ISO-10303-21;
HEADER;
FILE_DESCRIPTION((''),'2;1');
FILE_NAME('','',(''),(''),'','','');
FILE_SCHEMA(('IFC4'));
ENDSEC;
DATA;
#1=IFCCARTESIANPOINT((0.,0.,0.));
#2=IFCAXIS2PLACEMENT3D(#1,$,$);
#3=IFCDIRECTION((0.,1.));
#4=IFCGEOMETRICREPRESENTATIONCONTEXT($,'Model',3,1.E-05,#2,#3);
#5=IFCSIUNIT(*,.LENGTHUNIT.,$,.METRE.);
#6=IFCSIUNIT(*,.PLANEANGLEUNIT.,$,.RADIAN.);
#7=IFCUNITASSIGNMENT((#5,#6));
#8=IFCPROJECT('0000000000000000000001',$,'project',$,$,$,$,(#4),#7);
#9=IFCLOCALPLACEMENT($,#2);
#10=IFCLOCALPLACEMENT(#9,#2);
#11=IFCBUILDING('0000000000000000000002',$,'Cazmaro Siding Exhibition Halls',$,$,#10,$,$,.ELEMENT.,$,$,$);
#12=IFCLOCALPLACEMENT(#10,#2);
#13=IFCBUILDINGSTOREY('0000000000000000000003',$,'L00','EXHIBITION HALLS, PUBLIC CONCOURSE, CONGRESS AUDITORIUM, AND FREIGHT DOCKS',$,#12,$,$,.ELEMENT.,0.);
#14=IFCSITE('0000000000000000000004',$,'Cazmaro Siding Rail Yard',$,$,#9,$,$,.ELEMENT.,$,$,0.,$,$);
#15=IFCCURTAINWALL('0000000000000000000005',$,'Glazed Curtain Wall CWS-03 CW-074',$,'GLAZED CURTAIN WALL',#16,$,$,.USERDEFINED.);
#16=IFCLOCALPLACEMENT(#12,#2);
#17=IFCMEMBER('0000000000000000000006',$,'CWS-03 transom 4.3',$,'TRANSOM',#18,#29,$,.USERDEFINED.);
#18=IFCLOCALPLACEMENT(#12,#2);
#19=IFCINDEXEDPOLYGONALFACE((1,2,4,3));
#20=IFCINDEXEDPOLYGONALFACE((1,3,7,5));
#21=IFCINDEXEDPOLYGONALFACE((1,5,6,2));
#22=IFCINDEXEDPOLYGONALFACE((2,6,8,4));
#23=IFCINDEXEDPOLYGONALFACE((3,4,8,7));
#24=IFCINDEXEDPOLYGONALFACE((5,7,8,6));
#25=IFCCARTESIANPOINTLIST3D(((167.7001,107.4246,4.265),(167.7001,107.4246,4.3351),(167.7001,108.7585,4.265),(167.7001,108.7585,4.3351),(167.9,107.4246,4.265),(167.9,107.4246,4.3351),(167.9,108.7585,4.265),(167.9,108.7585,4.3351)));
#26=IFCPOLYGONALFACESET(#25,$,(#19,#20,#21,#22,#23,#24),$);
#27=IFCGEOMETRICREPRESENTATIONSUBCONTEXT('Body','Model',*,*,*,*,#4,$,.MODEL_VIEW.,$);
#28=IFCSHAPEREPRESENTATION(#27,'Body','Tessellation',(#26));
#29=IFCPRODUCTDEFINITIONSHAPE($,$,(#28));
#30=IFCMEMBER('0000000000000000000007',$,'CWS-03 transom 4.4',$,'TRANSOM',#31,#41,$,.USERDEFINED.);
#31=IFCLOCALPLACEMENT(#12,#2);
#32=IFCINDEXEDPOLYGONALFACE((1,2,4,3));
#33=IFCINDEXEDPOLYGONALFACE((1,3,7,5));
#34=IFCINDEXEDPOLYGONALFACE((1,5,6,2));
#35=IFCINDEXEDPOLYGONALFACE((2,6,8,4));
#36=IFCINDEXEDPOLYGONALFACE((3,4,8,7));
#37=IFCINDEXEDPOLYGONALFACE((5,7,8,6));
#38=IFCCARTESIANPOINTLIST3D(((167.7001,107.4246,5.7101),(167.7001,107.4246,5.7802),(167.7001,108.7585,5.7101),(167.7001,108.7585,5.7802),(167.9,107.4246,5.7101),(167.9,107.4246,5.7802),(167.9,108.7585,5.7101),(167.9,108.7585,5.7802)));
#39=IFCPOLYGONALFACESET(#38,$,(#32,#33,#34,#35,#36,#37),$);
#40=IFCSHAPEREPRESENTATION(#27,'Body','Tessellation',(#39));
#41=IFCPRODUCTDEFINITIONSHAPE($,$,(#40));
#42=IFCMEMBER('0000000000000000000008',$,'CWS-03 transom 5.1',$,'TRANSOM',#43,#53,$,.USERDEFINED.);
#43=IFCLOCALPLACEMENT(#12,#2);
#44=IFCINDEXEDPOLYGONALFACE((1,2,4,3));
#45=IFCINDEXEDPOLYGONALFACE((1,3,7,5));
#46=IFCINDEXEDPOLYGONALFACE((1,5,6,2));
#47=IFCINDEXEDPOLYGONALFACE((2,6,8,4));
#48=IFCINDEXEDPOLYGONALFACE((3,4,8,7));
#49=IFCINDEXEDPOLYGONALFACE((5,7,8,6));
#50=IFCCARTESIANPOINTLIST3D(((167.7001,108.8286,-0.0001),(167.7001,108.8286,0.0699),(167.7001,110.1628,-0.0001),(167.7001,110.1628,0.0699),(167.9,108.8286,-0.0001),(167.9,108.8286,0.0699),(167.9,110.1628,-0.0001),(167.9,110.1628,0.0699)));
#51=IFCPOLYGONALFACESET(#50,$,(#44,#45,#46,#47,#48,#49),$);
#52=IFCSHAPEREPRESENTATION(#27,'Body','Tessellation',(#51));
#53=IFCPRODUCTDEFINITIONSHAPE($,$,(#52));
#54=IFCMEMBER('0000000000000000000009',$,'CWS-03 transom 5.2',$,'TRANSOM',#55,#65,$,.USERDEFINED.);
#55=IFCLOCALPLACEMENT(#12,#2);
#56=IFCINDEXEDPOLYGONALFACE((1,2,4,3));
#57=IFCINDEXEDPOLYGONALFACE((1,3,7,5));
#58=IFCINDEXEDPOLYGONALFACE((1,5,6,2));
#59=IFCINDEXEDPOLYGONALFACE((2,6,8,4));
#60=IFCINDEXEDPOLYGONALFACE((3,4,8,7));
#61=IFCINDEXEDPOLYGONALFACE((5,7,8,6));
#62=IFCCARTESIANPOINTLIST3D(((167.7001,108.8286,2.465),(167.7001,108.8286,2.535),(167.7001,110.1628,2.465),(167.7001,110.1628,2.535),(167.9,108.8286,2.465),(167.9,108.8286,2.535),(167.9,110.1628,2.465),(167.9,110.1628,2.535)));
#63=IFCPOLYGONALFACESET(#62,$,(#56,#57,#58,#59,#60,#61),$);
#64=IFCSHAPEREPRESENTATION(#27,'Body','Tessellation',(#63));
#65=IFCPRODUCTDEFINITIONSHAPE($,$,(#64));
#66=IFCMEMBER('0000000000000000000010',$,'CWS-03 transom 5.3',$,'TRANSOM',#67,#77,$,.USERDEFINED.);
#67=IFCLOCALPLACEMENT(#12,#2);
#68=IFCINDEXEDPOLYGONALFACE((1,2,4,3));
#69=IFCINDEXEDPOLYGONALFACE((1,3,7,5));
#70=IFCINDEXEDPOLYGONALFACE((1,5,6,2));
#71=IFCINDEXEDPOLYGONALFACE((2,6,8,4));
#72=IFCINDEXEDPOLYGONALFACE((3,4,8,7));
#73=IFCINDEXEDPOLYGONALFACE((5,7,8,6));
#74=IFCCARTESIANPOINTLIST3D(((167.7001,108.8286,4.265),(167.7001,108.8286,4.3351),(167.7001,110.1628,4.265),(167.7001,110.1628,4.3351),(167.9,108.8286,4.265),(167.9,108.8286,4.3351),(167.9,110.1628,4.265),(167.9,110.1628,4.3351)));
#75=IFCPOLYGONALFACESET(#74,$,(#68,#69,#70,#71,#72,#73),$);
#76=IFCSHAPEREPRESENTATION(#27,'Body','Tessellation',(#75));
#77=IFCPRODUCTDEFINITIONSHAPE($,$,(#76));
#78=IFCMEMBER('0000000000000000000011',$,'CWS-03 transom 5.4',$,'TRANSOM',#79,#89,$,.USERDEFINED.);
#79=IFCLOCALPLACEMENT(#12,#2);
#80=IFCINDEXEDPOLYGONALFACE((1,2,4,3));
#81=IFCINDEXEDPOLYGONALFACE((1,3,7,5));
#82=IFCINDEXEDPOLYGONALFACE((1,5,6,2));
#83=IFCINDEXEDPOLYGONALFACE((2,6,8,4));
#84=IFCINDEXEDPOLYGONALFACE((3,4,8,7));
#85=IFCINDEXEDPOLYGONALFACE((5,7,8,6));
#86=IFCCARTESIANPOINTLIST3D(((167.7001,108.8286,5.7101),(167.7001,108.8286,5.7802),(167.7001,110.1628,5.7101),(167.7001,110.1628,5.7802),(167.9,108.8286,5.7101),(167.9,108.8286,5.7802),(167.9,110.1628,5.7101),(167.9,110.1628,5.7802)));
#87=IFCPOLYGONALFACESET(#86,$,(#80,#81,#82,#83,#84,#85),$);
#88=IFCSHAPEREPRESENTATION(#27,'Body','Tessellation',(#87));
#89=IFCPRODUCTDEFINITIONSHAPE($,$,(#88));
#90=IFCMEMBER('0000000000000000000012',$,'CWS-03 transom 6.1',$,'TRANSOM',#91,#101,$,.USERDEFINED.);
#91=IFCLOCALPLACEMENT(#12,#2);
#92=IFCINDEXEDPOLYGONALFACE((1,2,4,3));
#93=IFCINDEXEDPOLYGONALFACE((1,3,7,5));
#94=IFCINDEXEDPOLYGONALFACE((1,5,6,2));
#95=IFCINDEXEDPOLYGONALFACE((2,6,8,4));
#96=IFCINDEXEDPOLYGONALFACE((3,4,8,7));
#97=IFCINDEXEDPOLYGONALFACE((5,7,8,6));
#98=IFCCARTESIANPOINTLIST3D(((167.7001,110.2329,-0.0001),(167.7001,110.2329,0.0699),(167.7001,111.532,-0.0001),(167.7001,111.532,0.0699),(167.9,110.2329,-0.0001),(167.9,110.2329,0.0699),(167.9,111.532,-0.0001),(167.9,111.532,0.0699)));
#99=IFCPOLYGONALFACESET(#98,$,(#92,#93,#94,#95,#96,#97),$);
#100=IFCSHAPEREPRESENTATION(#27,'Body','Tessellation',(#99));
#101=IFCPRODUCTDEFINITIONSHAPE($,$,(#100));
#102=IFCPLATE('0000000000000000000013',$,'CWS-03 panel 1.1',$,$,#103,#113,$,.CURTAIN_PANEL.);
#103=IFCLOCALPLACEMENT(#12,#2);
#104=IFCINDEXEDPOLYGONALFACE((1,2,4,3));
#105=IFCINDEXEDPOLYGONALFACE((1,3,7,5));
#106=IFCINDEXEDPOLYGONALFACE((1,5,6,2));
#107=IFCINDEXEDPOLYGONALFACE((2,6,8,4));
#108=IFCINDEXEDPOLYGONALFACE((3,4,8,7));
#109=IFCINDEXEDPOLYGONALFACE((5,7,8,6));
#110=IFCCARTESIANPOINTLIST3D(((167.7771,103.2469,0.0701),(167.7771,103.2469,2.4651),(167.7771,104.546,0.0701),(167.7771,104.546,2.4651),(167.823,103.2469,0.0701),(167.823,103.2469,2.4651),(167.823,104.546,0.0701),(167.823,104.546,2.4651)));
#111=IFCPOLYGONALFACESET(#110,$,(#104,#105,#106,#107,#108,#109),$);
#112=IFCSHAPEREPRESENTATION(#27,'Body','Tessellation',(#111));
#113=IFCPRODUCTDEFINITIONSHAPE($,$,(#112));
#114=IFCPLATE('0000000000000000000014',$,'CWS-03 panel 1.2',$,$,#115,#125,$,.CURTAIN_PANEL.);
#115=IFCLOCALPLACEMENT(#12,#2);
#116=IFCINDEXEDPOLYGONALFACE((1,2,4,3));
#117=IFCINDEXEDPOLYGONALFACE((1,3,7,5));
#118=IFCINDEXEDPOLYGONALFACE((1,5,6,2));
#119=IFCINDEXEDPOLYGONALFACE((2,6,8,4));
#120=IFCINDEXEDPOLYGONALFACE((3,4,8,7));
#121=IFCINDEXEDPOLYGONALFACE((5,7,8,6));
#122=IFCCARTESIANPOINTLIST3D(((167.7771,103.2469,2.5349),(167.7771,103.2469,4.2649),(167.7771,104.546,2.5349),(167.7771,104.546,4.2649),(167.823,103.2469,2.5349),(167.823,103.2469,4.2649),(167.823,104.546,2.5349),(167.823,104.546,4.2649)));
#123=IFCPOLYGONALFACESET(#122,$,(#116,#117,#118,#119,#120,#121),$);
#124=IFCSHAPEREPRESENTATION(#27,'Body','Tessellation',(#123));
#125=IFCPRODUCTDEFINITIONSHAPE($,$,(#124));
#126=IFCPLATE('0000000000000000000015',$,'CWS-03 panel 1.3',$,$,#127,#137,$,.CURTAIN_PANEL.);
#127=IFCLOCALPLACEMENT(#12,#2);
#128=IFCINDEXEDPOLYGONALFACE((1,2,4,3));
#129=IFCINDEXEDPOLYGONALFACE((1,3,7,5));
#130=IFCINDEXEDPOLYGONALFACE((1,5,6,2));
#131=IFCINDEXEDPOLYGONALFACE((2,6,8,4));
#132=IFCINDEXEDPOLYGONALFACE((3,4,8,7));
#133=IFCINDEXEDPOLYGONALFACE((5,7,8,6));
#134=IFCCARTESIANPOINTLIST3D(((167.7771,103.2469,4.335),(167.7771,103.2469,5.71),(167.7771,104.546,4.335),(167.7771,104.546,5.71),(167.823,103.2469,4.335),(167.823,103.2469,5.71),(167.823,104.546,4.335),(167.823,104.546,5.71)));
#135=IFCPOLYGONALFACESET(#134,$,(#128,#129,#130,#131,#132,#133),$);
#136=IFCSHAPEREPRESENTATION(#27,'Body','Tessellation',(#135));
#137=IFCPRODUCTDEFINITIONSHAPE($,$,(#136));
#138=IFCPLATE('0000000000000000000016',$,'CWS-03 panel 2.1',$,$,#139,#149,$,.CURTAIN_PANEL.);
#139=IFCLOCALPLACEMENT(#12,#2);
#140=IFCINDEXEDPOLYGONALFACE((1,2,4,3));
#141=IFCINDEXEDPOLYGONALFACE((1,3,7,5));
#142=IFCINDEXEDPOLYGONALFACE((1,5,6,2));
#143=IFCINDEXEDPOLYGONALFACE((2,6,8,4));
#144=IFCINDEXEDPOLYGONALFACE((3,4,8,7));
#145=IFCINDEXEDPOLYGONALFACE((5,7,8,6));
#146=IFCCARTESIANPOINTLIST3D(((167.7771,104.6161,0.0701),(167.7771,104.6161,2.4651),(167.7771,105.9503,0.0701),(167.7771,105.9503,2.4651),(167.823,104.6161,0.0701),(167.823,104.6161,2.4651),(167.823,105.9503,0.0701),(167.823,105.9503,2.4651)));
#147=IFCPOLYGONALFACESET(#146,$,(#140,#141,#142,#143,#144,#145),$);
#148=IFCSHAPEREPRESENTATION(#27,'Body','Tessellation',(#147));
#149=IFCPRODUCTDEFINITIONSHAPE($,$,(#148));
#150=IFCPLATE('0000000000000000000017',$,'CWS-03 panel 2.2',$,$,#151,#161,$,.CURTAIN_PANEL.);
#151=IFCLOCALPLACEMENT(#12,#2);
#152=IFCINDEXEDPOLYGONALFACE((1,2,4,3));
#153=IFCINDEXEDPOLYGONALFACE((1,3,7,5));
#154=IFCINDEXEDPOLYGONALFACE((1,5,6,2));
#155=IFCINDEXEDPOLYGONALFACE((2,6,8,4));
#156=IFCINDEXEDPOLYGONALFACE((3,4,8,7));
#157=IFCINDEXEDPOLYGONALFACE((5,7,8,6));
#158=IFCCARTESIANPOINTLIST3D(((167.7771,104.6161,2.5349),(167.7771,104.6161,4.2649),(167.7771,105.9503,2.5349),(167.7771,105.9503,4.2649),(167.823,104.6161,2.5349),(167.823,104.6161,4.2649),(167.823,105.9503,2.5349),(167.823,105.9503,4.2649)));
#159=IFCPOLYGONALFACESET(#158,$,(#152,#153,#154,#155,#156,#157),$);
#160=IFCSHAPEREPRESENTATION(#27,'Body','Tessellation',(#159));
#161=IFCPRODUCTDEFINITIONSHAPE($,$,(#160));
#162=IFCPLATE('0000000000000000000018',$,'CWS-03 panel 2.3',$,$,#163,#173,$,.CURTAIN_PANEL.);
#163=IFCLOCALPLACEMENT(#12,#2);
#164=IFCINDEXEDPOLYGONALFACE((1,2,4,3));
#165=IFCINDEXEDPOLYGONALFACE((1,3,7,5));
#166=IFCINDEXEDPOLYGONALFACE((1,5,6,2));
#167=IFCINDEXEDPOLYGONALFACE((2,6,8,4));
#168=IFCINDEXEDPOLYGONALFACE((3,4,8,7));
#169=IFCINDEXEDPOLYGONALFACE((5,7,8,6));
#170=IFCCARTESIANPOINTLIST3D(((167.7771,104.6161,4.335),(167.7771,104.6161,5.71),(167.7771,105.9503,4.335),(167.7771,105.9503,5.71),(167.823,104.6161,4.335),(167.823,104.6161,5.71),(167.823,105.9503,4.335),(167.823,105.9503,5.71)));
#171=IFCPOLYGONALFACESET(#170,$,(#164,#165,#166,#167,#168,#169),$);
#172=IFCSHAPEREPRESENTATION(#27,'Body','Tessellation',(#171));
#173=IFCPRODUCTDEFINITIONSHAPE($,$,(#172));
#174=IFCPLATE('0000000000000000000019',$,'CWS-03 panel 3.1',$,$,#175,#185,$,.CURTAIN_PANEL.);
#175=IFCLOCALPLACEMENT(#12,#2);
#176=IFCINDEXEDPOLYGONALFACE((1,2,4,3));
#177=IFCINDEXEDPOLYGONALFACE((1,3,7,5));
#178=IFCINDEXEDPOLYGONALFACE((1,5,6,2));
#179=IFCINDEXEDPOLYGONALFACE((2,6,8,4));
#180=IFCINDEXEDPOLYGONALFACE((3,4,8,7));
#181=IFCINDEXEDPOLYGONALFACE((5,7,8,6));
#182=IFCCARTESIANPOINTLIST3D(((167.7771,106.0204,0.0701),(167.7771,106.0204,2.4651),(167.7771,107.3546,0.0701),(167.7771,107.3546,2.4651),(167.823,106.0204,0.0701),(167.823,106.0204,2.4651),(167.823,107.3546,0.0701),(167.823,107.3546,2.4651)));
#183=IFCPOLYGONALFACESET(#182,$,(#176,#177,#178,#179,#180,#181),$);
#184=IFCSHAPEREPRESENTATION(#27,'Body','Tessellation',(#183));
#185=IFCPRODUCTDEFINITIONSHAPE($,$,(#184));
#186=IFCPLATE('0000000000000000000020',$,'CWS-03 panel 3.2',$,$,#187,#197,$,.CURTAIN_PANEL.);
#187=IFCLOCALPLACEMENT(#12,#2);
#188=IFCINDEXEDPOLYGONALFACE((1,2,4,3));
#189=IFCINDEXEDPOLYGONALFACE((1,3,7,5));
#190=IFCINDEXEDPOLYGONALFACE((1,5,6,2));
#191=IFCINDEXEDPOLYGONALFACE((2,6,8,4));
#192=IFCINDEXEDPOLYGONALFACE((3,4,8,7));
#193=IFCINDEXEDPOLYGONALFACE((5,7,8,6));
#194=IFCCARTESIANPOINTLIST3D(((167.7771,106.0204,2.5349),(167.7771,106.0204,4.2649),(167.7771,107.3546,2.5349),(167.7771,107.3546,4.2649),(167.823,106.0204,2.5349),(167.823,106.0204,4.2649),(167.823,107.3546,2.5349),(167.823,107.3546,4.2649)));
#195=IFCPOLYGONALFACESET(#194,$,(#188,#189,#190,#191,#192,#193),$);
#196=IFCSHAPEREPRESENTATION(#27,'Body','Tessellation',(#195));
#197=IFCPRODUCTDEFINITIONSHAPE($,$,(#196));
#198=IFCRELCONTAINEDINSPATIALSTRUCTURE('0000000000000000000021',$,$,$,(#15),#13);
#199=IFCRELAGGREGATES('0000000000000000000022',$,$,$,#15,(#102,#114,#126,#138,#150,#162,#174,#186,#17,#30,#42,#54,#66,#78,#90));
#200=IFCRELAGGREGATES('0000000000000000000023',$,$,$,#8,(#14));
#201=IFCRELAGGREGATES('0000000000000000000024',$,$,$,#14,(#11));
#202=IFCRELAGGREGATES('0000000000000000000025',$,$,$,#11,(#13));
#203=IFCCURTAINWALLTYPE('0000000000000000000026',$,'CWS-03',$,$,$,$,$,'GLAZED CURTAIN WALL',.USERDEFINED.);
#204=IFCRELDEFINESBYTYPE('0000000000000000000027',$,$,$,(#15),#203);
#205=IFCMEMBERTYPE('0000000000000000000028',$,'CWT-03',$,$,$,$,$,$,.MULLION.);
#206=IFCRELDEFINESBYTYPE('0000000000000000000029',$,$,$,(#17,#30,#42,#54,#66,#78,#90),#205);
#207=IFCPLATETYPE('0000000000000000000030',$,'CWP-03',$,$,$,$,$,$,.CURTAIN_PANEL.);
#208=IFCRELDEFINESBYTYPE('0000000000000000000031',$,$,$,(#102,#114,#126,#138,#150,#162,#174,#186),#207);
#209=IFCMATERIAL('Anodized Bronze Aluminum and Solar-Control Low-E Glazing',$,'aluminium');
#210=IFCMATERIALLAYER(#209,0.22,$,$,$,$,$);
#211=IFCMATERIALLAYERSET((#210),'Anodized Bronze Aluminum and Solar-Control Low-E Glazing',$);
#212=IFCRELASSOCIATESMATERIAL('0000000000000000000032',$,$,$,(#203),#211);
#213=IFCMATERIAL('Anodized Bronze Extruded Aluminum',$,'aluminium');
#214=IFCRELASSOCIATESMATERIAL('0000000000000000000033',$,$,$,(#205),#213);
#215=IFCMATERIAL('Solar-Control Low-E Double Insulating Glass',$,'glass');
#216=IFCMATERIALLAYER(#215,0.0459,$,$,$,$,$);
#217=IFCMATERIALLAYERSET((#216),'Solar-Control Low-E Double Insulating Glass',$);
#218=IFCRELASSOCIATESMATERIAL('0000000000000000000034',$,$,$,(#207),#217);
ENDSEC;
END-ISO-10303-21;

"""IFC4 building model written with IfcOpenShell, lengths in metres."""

from ifc_helpers import new_model, si_unit, direction, frame, origin, origin_2d, place, context, subcontext, project, spatial, rectangle, extrude, material, layer, layer_set, material_profile, profile_set, type_object, element, aggregate, save


model = new_model("IFC4")

# Units and contexts
model_context = context("Model", 3, precision=1e-05, world=origin(), true_north=direction((0.0, 1.0)))
body_context = subcontext(model_context, "Body", "Model", "MODEL_VIEW")
ifc_project = project(units=[si_unit("LENGTHUNIT", "METRE"), si_unit("PLANEANGLEUNIT", "RADIAN")], contexts=[model_context])

# Site, building, storey
site_placement = place(None, origin())
site = spatial("IfcSite", under=ifc_project, at=site_placement, Name="Cazmaro Siding Rail Yard", CompositionType="ELEMENT", RefElevation=0.0)
building_placement = place(site_placement, origin())
building = spatial("IfcBuilding", under=site, at=building_placement, Name="Cazmaro Siding Exhibition Halls", CompositionType="ELEMENT")
storey_placement = place(building_placement, origin())
storey = spatial("IfcBuildingStorey", under=building, at=storey_placement, Name="L00", Description="EXHIBITION HALLS, PUBLIC CONCOURSE, CONGRESS AUDITORIUM, AND FREIGHT DOCKS", CompositionType="ELEMENT", Elevation=0.0)

# Curtain wall, members, plates
ifc_material_1 = material(Name="Anodized Bronze Aluminum and Solar-Control Low-E Glazing", Category="aluminium")
ifc_layer_1 = layer(ifc_material_1, 0.22)
ifc_layer_set_1 = layer_set([ifc_layer_1], Name="Anodized Bronze Aluminum and Solar-Control Low-E Glazing")
curtain_wall_type = type_object("IfcCurtainWallType", Name="CWS-03", ElementType="GLAZED CURTAIN WALL", PredefinedType="USERDEFINED", material=ifc_layer_set_1)
curtain_wall_placement = place(storey_placement, origin())
curtain_wall = element("IfcCurtainWall", 1, at=curtain_wall_placement, inside=storey, type_object=curtain_wall_type, Name="Glazed Curtain Wall CWS-03 CW-074", ObjectType="GLAZED CURTAIN WALL", PredefinedType="USERDEFINED")
ifc_material_2 = material(Name="Anodized Bronze Extruded Aluminum", Category="aluminium")
ifc_material_profile_1 = material_profile(ifc_material_2, rectangle(XDim=0.2, YDim=0.0701, at=origin_2d()), Name="CWT-03")
ifc_profile_set_1 = profile_set([ifc_material_profile_1], Name="Anodized Bronze Extruded Aluminum")
member_type_1 = type_object("IfcMemberType", Name="CWT-03", PredefinedType="MULLION", material=ifc_profile_set_1)
member_1_placement = place(storey_placement, frame((167.8, 107.4246, 4.3), z_axis=(0.0, 1.0, 0.0), x_axis=(-1.0, 0.0, 0.0)))
member_1 = element("IfcMember", 2, at=member_1_placement, type_object=member_type_1, Name="CWS-03 transom 4.3", ObjectType="TRANSOM", PredefinedType="USERDEFINED", context=body_context, shape_type="SweptSolid", body=[
    extrude(rectangle(XDim=0.2, YDim=0.0701, at=origin_2d()), origin(), (0.0, 0.0, 1.0), 1.334),
])
member_2_placement = place(storey_placement, frame((167.8, 107.4246, 5.7451), z_axis=(0.0, 1.0, 0.0), x_axis=(-1.0, 0.0, 0.0)))
member_2 = element("IfcMember", 3, at=member_2_placement, type_object=member_type_1, Name="CWS-03 transom 4.4", ObjectType="TRANSOM", PredefinedType="USERDEFINED", context=body_context, shape_type="SweptSolid", body=[
    extrude(rectangle(XDim=0.2, YDim=0.0701, at=origin_2d()), origin(), (0.0, 0.0, 1.0), 1.334),
])
member_3_placement = place(storey_placement, frame((167.8, 108.8286, 0.0349), z_axis=(0.0, 1.0, 0.0), x_axis=(-1.0, 0.0, 0.0)))
member_3 = element("IfcMember", 4, at=member_3_placement, type_object=member_type_1, Name="CWS-03 transom 5.1", ObjectType="TRANSOM", PredefinedType="USERDEFINED", context=body_context, shape_type="SweptSolid", body=[
    extrude(rectangle(XDim=0.2, YDim=0.0701, at=origin_2d()), origin(), (0.0, 0.0, 1.0), 1.3342),
])
member_4_placement = place(storey_placement, frame((167.8, 108.8286, 2.5), z_axis=(0.0, 1.0, 0.0), x_axis=(-1.0, 0.0, 0.0)))
member_4 = element("IfcMember", 5, at=member_4_placement, type_object=member_type_1, Name="CWS-03 transom 5.2", ObjectType="TRANSOM", PredefinedType="USERDEFINED", context=body_context, shape_type="SweptSolid", body=[
    extrude(rectangle(XDim=0.2, YDim=0.0701, at=origin_2d()), origin(), (0.0, 0.0, 1.0), 1.3342),
])
member_5_placement = place(storey_placement, frame((167.8, 108.8286, 4.3), z_axis=(0.0, 1.0, 0.0), x_axis=(-1.0, 0.0, 0.0)))
member_5 = element("IfcMember", 6, at=member_5_placement, type_object=member_type_1, Name="CWS-03 transom 5.3", ObjectType="TRANSOM", PredefinedType="USERDEFINED", context=body_context, shape_type="SweptSolid", body=[
    extrude(rectangle(XDim=0.2, YDim=0.0701, at=origin_2d()), origin(), (0.0, 0.0, 1.0), 1.3342),
])
member_6_placement = place(storey_placement, frame((167.8, 108.8286, 5.7451), z_axis=(0.0, 1.0, 0.0), x_axis=(-1.0, 0.0, 0.0)))
member_6 = element("IfcMember", 7, at=member_6_placement, type_object=member_type_1, Name="CWS-03 transom 5.4", ObjectType="TRANSOM", PredefinedType="USERDEFINED", context=body_context, shape_type="SweptSolid", body=[
    extrude(rectangle(XDim=0.2, YDim=0.0701, at=origin_2d()), origin(), (0.0, 0.0, 1.0), 1.3342),
])
member_7_placement = place(storey_placement, frame((167.8, 110.2329, 0.0349), z_axis=(0.0, 1.0, 0.0), x_axis=(-1.0, 0.0, 0.0)))
member_7 = element("IfcMember", 8, at=member_7_placement, type_object=member_type_1, Name="CWS-03 transom 6.1", ObjectType="TRANSOM", PredefinedType="USERDEFINED", context=body_context, shape_type="SweptSolid", body=[
    extrude(rectangle(XDim=0.2, YDim=0.0701, at=origin_2d()), origin(), (0.0, 0.0, 1.0), 1.2991),
])
ifc_material_3 = material(Name="Solar-Control Low-E Double Insulating Glass", Category="glass")
ifc_layer_2 = layer(ifc_material_3, 0.0459)
ifc_layer_set_2 = layer_set([ifc_layer_2], Name="Solar-Control Low-E Double Insulating Glass")
plate_type = type_object("IfcPlateType", Name="CWP-03", PredefinedType="CURTAIN_PANEL", material=ifc_layer_set_2)
plate_1_placement = place(storey_placement, frame((167.8, 103.8965, 0.0701), z_axis=(0.0, 0.0, 1.0), x_axis=(0.0, 1.0, 0.0)))
plate_1 = element("IfcPlate", 9, at=plate_1_placement, type_object=plate_type, Name="CWS-03 panel 1.1", PredefinedType="CURTAIN_PANEL", context=body_context, shape_type="SweptSolid", body=[
    extrude(rectangle(XDim=1.2991, YDim=0.0459, at=origin_2d()), origin(), (0.0, 0.0, 1.0), 2.395),
])
plate_2_placement = place(storey_placement, frame((167.8, 103.8965, 2.5349), z_axis=(0.0, 0.0, 1.0), x_axis=(0.0, 1.0, 0.0)))
plate_2 = element("IfcPlate", 10, at=plate_2_placement, type_object=plate_type, Name="CWS-03 panel 1.2", PredefinedType="CURTAIN_PANEL", context=body_context, shape_type="SweptSolid", body=[
    extrude(rectangle(XDim=1.2991, YDim=0.0459, at=origin_2d()), origin(), (0.0, 0.0, 1.0), 1.73),
])
plate_3_placement = place(storey_placement, frame((167.8, 103.8965, 4.335), z_axis=(0.0, 0.0, 1.0), x_axis=(0.0, 1.0, 0.0)))
plate_3 = element("IfcPlate", 11, at=plate_3_placement, type_object=plate_type, Name="CWS-03 panel 1.3", PredefinedType="CURTAIN_PANEL", context=body_context, shape_type="SweptSolid", body=[
    extrude(rectangle(XDim=1.2991, YDim=0.0459, at=origin_2d()), origin(), (0.0, 0.0, 1.0), 1.375),
])
plate_4_placement = place(storey_placement, frame((167.8, 105.2832, 0.0701), z_axis=(0.0, 0.0, 1.0), x_axis=(0.0, 1.0, 0.0)))
plate_4 = element("IfcPlate", 12, at=plate_4_placement, type_object=plate_type, Name="CWS-03 panel 2.1", PredefinedType="CURTAIN_PANEL", context=body_context, shape_type="SweptSolid", body=[
    extrude(rectangle(XDim=1.3342, YDim=0.0459, at=origin_2d()), origin(), (0.0, 0.0, 1.0), 2.395),
])
plate_5_placement = place(storey_placement, frame((167.8, 105.2832, 2.5349), z_axis=(0.0, 0.0, 1.0), x_axis=(0.0, 1.0, 0.0)))
plate_5 = element("IfcPlate", 13, at=plate_5_placement, type_object=plate_type, Name="CWS-03 panel 2.2", PredefinedType="CURTAIN_PANEL", context=body_context, shape_type="SweptSolid", body=[
    extrude(rectangle(XDim=1.3342, YDim=0.0459, at=origin_2d()), origin(), (0.0, 0.0, 1.0), 1.73),
])
plate_6_placement = place(storey_placement, frame((167.8, 105.2832, 4.335), z_axis=(0.0, 0.0, 1.0), x_axis=(0.0, 1.0, 0.0)))
plate_6 = element("IfcPlate", 14, at=plate_6_placement, type_object=plate_type, Name="CWS-03 panel 2.3", PredefinedType="CURTAIN_PANEL", context=body_context, shape_type="SweptSolid", body=[
    extrude(rectangle(XDim=1.3342, YDim=0.0459, at=origin_2d()), origin(), (0.0, 0.0, 1.0), 1.375),
])
plate_7_placement = place(storey_placement, frame((167.8, 106.6875, 0.0701), z_axis=(0.0, 0.0, 1.0), x_axis=(0.0, 1.0, 0.0)))
plate_7 = element("IfcPlate", 15, at=plate_7_placement, type_object=plate_type, Name="CWS-03 panel 3.1", PredefinedType="CURTAIN_PANEL", context=body_context, shape_type="SweptSolid", body=[
    extrude(rectangle(XDim=1.3342, YDim=0.0459, at=origin_2d()), origin(), (0.0, 0.0, 1.0), 2.395),
])
plate_8_placement = place(storey_placement, frame((167.8, 106.6875, 2.5349), z_axis=(0.0, 0.0, 1.0), x_axis=(0.0, 1.0, 0.0)))
plate_8 = element("IfcPlate", 16, at=plate_8_placement, type_object=plate_type, Name="CWS-03 panel 3.2", PredefinedType="CURTAIN_PANEL", context=body_context, shape_type="SweptSolid", body=[
    extrude(rectangle(XDim=1.3342, YDim=0.0459, at=origin_2d()), origin(), (0.0, 0.0, 1.0), 1.73),
])
aggregate(curtain_wall, [plate_1, plate_2, plate_3, plate_4, plate_5, plate_6, plate_7, plate_8, member_1, member_2, member_3, member_4, member_5, member_6, member_7])

save(model, "model.ifc")
